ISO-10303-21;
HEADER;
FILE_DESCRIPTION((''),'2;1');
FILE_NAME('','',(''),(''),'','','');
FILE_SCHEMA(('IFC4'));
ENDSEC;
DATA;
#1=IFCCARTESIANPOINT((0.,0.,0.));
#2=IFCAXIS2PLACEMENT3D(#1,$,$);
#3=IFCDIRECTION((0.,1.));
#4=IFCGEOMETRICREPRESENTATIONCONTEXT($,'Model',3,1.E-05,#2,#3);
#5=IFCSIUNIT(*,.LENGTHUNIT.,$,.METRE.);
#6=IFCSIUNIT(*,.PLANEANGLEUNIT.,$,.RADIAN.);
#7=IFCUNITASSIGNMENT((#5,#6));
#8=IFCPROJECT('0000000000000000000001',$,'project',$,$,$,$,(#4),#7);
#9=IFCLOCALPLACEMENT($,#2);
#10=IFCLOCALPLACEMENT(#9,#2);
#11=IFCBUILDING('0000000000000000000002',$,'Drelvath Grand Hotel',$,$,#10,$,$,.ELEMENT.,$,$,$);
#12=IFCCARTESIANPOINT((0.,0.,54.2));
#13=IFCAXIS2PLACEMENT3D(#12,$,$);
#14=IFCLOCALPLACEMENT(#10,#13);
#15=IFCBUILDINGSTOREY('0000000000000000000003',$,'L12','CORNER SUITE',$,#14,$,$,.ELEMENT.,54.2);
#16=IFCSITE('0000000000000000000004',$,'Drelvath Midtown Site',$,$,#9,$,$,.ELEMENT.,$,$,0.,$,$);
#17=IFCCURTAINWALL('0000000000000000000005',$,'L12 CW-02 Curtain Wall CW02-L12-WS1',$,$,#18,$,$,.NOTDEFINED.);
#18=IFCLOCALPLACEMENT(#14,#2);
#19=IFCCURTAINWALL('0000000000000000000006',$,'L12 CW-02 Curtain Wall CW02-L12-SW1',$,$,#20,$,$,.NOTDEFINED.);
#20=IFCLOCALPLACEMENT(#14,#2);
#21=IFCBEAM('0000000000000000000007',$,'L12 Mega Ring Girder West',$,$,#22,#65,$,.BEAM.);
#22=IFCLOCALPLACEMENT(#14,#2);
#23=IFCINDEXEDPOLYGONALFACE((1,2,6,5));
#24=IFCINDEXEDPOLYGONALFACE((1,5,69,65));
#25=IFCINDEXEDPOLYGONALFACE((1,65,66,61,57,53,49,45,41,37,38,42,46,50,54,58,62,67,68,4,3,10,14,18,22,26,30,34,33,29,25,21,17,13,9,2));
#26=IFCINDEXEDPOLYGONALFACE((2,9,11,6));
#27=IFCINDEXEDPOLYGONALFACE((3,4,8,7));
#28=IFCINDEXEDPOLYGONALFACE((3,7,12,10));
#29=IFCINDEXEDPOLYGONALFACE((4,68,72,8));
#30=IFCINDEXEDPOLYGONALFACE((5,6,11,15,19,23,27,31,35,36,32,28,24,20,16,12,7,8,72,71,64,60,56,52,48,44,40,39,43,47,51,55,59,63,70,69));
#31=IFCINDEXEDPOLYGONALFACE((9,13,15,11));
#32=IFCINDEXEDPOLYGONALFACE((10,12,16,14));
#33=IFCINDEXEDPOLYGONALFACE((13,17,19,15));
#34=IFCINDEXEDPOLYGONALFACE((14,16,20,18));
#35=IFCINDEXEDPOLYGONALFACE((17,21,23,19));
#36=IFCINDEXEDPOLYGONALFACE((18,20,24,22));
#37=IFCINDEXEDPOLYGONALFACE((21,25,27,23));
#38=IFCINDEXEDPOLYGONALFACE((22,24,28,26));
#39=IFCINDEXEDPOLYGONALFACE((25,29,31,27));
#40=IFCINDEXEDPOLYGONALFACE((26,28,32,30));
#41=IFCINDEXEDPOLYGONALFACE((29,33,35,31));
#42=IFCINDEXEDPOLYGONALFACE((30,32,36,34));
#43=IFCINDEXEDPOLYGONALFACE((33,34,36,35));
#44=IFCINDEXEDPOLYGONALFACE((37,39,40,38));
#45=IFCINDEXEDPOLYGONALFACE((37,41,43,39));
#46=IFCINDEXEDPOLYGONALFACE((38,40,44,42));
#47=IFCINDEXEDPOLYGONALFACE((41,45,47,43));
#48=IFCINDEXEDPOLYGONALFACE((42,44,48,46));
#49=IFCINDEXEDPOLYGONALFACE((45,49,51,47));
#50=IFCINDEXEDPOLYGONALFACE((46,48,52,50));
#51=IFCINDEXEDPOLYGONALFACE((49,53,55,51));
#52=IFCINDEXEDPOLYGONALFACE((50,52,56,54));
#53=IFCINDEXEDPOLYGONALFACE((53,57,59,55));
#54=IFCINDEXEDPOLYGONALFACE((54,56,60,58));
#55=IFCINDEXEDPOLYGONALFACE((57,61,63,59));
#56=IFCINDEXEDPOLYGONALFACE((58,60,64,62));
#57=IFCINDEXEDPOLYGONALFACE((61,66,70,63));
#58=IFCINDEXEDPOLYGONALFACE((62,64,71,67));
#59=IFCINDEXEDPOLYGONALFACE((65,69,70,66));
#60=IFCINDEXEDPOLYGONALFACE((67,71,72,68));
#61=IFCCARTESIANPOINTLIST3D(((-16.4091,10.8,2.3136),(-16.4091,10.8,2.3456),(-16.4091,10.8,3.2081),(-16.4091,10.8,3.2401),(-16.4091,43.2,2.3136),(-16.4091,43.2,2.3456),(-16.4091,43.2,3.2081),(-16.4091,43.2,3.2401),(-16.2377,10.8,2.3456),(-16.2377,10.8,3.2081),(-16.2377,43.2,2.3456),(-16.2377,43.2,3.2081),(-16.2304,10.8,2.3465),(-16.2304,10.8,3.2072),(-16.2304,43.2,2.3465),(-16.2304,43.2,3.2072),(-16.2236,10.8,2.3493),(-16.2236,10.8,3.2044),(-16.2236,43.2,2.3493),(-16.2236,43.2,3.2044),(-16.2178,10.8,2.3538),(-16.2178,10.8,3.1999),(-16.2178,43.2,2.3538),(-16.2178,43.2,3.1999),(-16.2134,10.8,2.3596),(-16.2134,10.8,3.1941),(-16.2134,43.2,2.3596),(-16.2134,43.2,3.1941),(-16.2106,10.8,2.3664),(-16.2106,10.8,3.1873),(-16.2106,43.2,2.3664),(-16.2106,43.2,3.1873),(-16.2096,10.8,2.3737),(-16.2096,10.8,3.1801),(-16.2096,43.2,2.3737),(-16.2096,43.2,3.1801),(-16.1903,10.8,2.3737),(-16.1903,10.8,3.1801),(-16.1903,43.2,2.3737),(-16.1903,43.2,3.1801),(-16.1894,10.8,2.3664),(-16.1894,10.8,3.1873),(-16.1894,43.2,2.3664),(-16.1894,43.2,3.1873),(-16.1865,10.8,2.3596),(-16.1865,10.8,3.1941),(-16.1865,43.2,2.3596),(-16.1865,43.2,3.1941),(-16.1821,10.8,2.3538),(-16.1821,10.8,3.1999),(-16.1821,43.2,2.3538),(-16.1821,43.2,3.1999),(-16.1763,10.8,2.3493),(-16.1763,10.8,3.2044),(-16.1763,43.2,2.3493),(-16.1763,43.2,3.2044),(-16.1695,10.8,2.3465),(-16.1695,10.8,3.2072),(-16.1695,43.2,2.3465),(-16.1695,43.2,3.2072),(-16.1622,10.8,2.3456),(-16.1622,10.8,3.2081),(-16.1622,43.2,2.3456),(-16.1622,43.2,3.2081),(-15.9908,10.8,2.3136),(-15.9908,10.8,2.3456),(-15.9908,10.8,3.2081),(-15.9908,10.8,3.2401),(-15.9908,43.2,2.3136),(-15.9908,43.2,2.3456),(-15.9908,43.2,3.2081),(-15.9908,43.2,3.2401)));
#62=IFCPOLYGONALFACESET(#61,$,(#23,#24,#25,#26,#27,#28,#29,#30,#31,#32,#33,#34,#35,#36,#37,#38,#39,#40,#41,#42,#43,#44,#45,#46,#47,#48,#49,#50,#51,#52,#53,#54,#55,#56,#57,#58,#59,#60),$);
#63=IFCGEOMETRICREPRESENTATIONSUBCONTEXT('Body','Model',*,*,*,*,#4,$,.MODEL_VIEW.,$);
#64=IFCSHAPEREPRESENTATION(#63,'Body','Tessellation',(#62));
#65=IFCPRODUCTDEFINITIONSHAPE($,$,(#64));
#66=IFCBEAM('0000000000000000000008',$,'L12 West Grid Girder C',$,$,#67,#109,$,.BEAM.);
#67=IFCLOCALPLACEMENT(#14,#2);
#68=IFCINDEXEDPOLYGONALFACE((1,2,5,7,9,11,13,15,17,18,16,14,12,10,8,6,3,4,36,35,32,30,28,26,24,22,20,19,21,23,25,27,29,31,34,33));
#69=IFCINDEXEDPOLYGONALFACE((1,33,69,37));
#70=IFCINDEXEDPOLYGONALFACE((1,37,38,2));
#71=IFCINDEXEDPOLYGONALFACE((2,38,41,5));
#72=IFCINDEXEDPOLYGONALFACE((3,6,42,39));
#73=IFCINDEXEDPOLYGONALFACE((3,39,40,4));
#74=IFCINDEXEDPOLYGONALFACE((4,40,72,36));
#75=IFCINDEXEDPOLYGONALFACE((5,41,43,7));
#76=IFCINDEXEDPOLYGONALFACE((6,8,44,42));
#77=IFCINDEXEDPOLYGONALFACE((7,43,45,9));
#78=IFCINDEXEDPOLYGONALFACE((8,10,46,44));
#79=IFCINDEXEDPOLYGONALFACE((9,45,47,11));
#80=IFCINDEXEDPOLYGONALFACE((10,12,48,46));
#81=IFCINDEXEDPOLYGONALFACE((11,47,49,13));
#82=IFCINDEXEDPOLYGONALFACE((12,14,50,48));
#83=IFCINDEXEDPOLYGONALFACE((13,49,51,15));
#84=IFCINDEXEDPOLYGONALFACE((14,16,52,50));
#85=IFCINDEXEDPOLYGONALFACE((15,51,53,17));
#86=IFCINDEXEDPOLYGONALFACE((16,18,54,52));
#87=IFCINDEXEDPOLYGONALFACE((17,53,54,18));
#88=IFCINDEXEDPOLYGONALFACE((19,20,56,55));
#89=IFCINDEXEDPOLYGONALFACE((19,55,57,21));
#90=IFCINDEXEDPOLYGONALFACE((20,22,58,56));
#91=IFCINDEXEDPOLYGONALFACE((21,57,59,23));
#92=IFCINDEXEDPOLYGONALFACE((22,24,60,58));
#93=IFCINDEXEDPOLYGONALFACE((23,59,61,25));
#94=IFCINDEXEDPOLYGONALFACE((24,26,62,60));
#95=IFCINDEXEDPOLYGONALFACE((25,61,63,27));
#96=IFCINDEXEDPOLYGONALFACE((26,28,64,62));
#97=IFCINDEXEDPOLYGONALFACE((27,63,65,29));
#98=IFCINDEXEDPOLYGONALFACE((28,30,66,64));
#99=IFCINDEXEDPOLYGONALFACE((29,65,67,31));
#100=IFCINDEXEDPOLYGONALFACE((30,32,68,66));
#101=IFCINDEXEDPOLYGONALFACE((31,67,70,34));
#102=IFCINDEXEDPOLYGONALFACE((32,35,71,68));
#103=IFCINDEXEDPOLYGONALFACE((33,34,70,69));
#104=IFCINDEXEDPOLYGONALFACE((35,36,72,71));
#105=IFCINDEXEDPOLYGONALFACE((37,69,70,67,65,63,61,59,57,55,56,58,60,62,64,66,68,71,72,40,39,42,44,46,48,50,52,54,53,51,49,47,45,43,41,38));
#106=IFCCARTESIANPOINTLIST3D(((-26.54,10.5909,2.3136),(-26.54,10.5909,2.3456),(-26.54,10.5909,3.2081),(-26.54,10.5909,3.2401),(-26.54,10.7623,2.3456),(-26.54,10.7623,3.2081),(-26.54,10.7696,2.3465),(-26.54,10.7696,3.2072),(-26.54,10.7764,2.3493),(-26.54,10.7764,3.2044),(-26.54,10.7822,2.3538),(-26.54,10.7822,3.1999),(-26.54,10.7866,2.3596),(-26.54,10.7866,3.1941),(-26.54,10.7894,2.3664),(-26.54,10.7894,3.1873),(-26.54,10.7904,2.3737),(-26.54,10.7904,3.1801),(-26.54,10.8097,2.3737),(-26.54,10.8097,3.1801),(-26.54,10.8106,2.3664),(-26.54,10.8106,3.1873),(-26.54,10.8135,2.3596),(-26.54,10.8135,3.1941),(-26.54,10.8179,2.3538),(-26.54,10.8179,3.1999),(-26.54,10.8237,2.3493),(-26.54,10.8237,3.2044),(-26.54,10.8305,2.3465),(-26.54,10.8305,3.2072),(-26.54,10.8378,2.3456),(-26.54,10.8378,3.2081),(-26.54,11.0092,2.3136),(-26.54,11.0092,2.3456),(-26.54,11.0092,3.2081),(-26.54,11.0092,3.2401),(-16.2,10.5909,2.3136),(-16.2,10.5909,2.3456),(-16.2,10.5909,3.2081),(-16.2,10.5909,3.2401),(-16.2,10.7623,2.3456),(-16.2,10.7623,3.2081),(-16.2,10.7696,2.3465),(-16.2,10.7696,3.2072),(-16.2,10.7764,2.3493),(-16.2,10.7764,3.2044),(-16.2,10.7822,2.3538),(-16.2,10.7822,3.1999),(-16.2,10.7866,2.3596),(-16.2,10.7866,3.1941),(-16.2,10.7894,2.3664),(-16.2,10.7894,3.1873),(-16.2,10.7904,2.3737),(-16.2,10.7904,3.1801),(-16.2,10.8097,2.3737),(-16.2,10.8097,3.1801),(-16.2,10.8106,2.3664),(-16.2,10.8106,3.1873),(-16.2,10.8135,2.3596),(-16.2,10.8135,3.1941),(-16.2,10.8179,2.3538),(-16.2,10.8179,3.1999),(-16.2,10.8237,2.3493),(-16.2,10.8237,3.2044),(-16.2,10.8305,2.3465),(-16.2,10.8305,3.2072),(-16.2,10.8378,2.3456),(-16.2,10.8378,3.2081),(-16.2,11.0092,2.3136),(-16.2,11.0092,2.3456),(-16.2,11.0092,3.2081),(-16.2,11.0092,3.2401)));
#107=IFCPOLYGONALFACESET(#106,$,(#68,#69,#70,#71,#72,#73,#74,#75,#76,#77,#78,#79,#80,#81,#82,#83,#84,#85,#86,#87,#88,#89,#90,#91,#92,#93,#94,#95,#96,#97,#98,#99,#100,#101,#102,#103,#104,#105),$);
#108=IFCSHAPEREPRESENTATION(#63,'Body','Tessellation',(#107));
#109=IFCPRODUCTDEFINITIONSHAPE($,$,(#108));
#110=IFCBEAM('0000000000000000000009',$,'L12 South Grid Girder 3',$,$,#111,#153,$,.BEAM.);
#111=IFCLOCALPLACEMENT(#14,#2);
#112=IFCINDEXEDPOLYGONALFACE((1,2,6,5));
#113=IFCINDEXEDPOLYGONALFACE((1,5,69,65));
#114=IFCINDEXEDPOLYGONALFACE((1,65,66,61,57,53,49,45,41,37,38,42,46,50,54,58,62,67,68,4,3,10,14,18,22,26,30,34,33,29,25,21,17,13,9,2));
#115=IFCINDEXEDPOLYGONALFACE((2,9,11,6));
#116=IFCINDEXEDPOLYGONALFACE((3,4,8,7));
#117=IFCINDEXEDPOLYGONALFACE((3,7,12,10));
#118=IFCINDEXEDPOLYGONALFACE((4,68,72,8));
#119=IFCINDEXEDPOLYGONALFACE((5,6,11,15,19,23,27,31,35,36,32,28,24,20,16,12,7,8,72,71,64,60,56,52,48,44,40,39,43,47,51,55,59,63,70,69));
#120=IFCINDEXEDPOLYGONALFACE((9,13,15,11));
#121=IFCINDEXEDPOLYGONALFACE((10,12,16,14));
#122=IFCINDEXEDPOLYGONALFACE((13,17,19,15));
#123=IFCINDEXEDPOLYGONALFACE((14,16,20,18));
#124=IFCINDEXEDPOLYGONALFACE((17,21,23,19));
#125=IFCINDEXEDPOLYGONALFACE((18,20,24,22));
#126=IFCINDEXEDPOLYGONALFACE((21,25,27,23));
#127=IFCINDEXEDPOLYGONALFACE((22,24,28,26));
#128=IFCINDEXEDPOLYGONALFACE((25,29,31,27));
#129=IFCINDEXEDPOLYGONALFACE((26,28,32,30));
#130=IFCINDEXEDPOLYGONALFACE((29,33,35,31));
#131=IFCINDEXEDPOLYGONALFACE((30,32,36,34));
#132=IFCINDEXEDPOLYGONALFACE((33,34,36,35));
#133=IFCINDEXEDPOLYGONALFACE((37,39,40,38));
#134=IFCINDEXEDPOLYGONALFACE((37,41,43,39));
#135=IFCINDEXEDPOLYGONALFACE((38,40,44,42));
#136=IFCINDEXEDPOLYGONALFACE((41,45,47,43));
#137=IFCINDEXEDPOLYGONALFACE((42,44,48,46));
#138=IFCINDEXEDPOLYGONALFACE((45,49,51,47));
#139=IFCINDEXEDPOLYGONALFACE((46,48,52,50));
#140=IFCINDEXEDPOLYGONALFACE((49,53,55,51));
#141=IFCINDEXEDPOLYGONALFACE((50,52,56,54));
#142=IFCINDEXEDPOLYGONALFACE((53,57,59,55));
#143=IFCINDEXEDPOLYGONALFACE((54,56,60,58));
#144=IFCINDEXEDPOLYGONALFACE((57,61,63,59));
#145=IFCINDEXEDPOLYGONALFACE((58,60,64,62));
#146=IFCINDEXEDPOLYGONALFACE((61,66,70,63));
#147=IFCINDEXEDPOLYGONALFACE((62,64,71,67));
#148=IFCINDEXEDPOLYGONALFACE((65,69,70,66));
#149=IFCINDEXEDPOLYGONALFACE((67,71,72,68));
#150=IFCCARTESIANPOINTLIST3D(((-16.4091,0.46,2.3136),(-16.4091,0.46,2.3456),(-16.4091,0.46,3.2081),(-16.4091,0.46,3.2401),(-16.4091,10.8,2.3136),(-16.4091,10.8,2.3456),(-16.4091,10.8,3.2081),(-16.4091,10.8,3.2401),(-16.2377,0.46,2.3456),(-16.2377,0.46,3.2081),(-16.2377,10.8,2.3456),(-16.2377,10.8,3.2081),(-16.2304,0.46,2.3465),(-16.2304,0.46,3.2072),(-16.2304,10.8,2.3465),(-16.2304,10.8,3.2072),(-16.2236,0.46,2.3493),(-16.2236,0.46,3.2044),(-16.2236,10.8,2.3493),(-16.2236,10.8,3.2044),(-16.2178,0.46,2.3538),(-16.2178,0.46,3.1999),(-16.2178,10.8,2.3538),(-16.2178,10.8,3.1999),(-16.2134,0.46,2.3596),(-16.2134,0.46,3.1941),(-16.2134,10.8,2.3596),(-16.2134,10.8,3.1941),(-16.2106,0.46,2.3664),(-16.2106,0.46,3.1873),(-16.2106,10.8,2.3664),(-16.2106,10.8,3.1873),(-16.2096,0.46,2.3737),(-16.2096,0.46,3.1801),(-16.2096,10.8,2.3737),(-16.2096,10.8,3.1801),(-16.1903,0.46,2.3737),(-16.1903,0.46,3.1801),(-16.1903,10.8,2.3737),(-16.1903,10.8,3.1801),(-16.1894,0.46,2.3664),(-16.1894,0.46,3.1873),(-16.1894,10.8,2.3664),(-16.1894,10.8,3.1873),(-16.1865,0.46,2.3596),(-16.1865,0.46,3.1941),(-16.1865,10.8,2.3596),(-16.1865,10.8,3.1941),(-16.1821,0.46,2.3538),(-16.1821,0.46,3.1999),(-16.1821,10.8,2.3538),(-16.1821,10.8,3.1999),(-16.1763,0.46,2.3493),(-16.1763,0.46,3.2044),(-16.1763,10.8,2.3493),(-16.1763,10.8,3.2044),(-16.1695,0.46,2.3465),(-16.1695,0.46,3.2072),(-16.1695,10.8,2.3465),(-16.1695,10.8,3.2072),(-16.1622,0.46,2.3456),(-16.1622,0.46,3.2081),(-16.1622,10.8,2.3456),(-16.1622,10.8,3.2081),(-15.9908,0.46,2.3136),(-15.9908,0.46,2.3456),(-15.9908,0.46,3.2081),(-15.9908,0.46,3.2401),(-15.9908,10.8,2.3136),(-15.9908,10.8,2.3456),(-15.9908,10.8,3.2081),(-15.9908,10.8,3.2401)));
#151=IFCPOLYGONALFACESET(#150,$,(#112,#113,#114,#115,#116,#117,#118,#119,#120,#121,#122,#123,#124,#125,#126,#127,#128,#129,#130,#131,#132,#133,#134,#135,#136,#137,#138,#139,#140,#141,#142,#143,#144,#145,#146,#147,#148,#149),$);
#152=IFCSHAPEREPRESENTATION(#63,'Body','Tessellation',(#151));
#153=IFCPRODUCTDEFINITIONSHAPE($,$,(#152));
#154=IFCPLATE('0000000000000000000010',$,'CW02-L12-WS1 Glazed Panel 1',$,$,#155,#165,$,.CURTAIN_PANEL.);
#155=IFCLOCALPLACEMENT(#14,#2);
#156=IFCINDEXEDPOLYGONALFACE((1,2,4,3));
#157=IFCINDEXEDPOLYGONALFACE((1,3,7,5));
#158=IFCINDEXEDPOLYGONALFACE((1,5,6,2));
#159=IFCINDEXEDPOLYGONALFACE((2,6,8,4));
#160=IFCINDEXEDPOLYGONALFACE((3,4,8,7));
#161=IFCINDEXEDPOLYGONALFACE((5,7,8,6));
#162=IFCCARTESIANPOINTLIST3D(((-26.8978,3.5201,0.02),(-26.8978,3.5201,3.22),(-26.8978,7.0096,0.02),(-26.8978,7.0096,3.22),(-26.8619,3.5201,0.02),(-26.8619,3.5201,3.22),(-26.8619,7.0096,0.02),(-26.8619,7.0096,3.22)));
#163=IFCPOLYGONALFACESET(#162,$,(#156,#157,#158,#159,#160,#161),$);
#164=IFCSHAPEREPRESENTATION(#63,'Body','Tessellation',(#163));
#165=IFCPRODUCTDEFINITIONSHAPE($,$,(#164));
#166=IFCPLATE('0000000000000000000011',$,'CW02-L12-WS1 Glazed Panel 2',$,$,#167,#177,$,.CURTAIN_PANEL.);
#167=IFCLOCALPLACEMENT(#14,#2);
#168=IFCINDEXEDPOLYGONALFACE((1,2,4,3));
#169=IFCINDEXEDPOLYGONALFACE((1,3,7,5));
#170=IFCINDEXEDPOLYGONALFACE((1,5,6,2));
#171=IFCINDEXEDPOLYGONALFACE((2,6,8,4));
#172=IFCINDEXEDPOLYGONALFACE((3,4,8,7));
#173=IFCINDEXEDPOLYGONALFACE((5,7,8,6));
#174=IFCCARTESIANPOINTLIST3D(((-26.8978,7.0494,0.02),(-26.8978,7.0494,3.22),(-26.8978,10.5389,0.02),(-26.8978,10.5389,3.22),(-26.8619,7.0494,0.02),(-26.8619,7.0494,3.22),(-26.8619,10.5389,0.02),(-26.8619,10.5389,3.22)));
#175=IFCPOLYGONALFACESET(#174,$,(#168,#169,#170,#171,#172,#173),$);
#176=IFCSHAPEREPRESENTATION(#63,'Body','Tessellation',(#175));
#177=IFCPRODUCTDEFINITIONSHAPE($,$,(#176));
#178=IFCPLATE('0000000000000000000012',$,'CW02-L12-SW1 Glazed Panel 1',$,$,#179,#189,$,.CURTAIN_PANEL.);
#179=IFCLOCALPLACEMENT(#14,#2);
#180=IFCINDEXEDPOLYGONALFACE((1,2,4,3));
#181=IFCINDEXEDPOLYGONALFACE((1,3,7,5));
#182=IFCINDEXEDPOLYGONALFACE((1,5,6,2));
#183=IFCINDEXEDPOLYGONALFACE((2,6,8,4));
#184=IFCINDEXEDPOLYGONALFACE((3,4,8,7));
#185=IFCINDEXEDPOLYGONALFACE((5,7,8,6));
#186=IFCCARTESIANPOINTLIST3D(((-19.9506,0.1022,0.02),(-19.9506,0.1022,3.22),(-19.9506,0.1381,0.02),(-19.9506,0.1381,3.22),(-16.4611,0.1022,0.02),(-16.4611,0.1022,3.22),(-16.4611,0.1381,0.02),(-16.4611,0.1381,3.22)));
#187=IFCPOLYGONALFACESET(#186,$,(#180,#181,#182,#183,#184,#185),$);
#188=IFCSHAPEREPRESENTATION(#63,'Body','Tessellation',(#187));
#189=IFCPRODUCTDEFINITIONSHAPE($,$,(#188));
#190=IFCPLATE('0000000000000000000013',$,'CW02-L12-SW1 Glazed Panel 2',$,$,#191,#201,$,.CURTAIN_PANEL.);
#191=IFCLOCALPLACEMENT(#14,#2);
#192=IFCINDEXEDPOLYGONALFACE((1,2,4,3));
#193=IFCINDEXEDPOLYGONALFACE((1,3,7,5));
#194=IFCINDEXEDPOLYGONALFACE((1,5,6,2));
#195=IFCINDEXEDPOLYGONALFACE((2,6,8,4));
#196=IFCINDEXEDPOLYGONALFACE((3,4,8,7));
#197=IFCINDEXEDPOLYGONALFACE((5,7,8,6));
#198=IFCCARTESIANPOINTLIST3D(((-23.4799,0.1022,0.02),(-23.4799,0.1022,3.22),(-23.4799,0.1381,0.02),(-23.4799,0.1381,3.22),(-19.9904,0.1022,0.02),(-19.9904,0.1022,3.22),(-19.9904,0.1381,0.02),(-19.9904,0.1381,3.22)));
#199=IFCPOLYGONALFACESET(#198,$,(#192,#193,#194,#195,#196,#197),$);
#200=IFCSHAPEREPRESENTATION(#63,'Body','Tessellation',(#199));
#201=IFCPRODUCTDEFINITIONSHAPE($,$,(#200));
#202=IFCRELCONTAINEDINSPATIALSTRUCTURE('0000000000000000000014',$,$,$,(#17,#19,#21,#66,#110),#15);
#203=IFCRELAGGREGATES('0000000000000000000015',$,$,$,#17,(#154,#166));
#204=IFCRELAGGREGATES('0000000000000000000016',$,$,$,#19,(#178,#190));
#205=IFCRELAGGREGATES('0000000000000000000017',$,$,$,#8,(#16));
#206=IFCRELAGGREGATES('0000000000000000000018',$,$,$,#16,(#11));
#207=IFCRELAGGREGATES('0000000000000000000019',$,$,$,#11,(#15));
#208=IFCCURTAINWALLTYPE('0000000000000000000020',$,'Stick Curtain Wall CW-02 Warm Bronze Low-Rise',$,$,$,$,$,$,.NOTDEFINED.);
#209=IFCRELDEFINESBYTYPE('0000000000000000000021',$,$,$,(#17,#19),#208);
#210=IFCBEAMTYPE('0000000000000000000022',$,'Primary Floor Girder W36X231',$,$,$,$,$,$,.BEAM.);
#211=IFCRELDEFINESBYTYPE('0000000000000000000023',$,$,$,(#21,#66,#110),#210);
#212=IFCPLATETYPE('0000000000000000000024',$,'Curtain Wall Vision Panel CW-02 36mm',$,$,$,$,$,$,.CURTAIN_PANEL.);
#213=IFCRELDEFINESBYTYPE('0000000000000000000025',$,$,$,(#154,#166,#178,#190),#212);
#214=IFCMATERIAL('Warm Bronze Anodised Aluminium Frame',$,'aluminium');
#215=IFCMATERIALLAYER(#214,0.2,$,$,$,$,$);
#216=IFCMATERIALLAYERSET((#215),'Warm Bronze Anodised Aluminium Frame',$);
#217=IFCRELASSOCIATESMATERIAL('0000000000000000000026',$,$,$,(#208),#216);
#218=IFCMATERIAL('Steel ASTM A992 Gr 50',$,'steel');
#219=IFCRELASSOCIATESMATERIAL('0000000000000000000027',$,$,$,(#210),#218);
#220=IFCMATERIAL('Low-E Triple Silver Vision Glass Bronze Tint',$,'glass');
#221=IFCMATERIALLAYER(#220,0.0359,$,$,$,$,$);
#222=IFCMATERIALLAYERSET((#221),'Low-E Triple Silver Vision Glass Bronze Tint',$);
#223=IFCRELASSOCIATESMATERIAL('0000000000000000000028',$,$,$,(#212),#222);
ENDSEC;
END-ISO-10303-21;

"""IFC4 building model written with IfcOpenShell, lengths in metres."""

from ifc_helpers import new_model, si_unit, direction, frame, origin, origin_2d, place, context, subcontext, project, spatial, rectangle, i_section, extrude, material, layer, layer_set, material_profile, profile_set, type_object, element, aggregate, save


model = new_model("IFC4")

# Units and contexts
model_context = context("Model", 3, precision=1e-05, world=origin(), true_north=direction((0.0, 1.0)))
body_context = subcontext(model_context, "Body", "Model", "MODEL_VIEW")
ifc_project = project(units=[si_unit("LENGTHUNIT", "METRE"), si_unit("PLANEANGLEUNIT", "RADIAN")], contexts=[model_context])

# Site, building, storey
site_placement = place(None, origin())
site = spatial("IfcSite", under=ifc_project, at=site_placement, Name="Drelvath Midtown Site", CompositionType="ELEMENT", RefElevation=0.0)
building_placement = place(site_placement, origin())
building = spatial("IfcBuilding", under=site, at=building_placement, Name="Drelvath Grand Hotel", CompositionType="ELEMENT")
storey_placement = place(building_placement, frame((0.0, 0.0, 54.2)))
storey = spatial("IfcBuildingStorey", under=building, at=storey_placement, Name="L12", Description="CORNER SUITE", CompositionType="ELEMENT", Elevation=54.2)

# Curtain walls
ifc_material_1 = material(Name="Warm Bronze Anodised Aluminium Frame", Category="aluminium")
ifc_layer_1 = layer(ifc_material_1, 0.2)
ifc_layer_set_1 = layer_set([ifc_layer_1], Name="Warm Bronze Anodised Aluminium Frame")
curtain_wall_type = type_object("IfcCurtainWallType", Name="Stick Curtain Wall CW-02 Warm Bronze Low-Rise", PredefinedType="NOTDEFINED", material=ifc_layer_set_1)
curtain_wall_1_placement = place(storey_placement, origin())
curtain_wall_1 = element("IfcCurtainWall", 1, at=curtain_wall_1_placement, inside=storey, type_object=curtain_wall_type, Name="L12 CW-02 Curtain Wall CW02-L12-WS1", PredefinedType="NOTDEFINED")
curtain_wall_2_placement = place(storey_placement, origin())
curtain_wall_2 = element("IfcCurtainWall", 2, at=curtain_wall_2_placement, inside=storey, type_object=curtain_wall_type, Name="L12 CW-02 Curtain Wall CW02-L12-SW1", PredefinedType="NOTDEFINED")

# Beams
ifc_material_2 = material(Name="Steel ASTM A992 Gr 50", Category="steel")
ifc_material_profile_1 = material_profile(ifc_material_2, i_section(OverallWidth=0.4182, OverallDepth=0.9265, WebThickness=0.0193, FlangeThickness=0.032, FilletRadius=0.0281, at=origin_2d()), Name="W36X231")
ifc_profile_set_1 = profile_set([ifc_material_profile_1], Name="Steel ASTM A992 Gr 50")
beam_type_1 = type_object("IfcBeamType", Name="Primary Floor Girder W36X231", PredefinedType="BEAM", material=ifc_profile_set_1)
for number, where, z_axis, x_axis, name in (
    (3, (-16.2, 10.8, 2.7769), (0.0, 1.0, 0.0), (-1.0, 0.0, 0.0), "L12 Mega Ring Girder West"),
):
    element("IfcBeam", number, at=place(storey_placement, frame(where, z_axis=z_axis, x_axis=x_axis)), inside=storey, type_object=beam_type_1, Name=name, PredefinedType="BEAM", context=body_context, shape_type="SweptSolid", body=[
        extrude(i_section(OverallWidth=0.4182, OverallDepth=0.9265, WebThickness=0.0193, FlangeThickness=0.032, FilletRadius=0.0281, at=origin_2d()), origin(), (0.0, 0.0, 1.0), 32.3999),
    ])
for number, where, z_axis, x_axis, name in (
    (4, (-26.54, 10.8, 2.7769), (1.0, 0.0, 0.0), (0.0, 1.0, 0.0), "L12 West Grid Girder C"),
    (5, (-16.2, 0.46, 2.7769), (0.0, 1.0, 0.0), (-1.0, 0.0, 0.0), "L12 South Grid Girder 3"),
):
    element("IfcBeam", number, at=place(storey_placement, frame(where, z_axis=z_axis, x_axis=x_axis)), inside=storey, type_object=beam_type_1, Name=name, PredefinedType="BEAM", context=body_context, shape_type="SweptSolid", body=[
        extrude(i_section(OverallWidth=0.4182, OverallDepth=0.9265, WebThickness=0.0193, FlangeThickness=0.032, FilletRadius=0.0281, at=origin_2d()), origin(), (0.0, 0.0, 1.0), 10.3401),
    ])

# Plates
ifc_material_3 = material(Name="Low-E Triple Silver Vision Glass Bronze Tint", Category="glass")
ifc_layer_2 = layer(ifc_material_3, 0.0359)
ifc_layer_set_2 = layer_set([ifc_layer_2], Name="Low-E Triple Silver Vision Glass Bronze Tint")
plate_type = type_object("IfcPlateType", Name="Curtain Wall Vision Panel CW-02 36mm", PredefinedType="CURTAIN_PANEL", material=ifc_layer_set_2)
plate_1_placement = place(storey_placement, frame((-26.8799, 5.2649, 0.02), z_axis=(0.0, 0.0, 1.0), x_axis=(0.0, 1.0, 0.0)))
plate_1 = element("IfcPlate", 6, at=plate_1_placement, type_object=plate_type, Name="CW02-L12-WS1 Glazed Panel 1", PredefinedType="CURTAIN_PANEL", context=body_context, shape_type="SweptSolid", body=[
    extrude(rectangle(XDim=3.4895, YDim=0.0359, at=origin_2d()), origin(), (0.0, 0.0, 1.0), 3.2),
])
plate_2_placement = place(storey_placement, frame((-26.8799, 8.7942, 0.02), z_axis=(0.0, 0.0, 1.0), x_axis=(0.0, 1.0, 0.0)))
plate_2 = element("IfcPlate", 7, at=plate_2_placement, type_object=plate_type, Name="CW02-L12-WS1 Glazed Panel 2", PredefinedType="CURTAIN_PANEL", context=body_context, shape_type="SweptSolid", body=[
    extrude(rectangle(XDim=3.4895, YDim=0.0359, at=origin_2d()), origin(), (0.0, 0.0, 1.0), 3.2),
])
aggregate(curtain_wall_1, [plate_1, plate_2])
plate_3_placement = place(storey_placement, frame((-18.2058, 0.1201, 0.02), z_axis=(0.0, 0.0, 1.0), x_axis=(-1.0, 0.0, 0.0)))
plate_3 = element("IfcPlate", 8, at=plate_3_placement, type_object=plate_type, Name="CW02-L12-SW1 Glazed Panel 1", PredefinedType="CURTAIN_PANEL", context=body_context, shape_type="SweptSolid", body=[
    extrude(rectangle(XDim=3.4895, YDim=0.0359, at=origin_2d()), origin(), (0.0, 0.0, 1.0), 3.2),
])
plate_4_placement = place(storey_placement, frame((-21.7351, 0.1201, 0.02), z_axis=(0.0, 0.0, 1.0), x_axis=(-1.0, 0.0, 0.0)))
plate_4 = element("IfcPlate", 9, at=plate_4_placement, type_object=plate_type, Name="CW02-L12-SW1 Glazed Panel 2", PredefinedType="CURTAIN_PANEL", context=body_context, shape_type="SweptSolid", body=[
    extrude(rectangle(XDim=3.4895, YDim=0.0359, at=origin_2d()), origin(), (0.0, 0.0, 1.0), 3.2),
])
aggregate(curtain_wall_2, [plate_3, plate_4])

save(model, "model.ifc")
